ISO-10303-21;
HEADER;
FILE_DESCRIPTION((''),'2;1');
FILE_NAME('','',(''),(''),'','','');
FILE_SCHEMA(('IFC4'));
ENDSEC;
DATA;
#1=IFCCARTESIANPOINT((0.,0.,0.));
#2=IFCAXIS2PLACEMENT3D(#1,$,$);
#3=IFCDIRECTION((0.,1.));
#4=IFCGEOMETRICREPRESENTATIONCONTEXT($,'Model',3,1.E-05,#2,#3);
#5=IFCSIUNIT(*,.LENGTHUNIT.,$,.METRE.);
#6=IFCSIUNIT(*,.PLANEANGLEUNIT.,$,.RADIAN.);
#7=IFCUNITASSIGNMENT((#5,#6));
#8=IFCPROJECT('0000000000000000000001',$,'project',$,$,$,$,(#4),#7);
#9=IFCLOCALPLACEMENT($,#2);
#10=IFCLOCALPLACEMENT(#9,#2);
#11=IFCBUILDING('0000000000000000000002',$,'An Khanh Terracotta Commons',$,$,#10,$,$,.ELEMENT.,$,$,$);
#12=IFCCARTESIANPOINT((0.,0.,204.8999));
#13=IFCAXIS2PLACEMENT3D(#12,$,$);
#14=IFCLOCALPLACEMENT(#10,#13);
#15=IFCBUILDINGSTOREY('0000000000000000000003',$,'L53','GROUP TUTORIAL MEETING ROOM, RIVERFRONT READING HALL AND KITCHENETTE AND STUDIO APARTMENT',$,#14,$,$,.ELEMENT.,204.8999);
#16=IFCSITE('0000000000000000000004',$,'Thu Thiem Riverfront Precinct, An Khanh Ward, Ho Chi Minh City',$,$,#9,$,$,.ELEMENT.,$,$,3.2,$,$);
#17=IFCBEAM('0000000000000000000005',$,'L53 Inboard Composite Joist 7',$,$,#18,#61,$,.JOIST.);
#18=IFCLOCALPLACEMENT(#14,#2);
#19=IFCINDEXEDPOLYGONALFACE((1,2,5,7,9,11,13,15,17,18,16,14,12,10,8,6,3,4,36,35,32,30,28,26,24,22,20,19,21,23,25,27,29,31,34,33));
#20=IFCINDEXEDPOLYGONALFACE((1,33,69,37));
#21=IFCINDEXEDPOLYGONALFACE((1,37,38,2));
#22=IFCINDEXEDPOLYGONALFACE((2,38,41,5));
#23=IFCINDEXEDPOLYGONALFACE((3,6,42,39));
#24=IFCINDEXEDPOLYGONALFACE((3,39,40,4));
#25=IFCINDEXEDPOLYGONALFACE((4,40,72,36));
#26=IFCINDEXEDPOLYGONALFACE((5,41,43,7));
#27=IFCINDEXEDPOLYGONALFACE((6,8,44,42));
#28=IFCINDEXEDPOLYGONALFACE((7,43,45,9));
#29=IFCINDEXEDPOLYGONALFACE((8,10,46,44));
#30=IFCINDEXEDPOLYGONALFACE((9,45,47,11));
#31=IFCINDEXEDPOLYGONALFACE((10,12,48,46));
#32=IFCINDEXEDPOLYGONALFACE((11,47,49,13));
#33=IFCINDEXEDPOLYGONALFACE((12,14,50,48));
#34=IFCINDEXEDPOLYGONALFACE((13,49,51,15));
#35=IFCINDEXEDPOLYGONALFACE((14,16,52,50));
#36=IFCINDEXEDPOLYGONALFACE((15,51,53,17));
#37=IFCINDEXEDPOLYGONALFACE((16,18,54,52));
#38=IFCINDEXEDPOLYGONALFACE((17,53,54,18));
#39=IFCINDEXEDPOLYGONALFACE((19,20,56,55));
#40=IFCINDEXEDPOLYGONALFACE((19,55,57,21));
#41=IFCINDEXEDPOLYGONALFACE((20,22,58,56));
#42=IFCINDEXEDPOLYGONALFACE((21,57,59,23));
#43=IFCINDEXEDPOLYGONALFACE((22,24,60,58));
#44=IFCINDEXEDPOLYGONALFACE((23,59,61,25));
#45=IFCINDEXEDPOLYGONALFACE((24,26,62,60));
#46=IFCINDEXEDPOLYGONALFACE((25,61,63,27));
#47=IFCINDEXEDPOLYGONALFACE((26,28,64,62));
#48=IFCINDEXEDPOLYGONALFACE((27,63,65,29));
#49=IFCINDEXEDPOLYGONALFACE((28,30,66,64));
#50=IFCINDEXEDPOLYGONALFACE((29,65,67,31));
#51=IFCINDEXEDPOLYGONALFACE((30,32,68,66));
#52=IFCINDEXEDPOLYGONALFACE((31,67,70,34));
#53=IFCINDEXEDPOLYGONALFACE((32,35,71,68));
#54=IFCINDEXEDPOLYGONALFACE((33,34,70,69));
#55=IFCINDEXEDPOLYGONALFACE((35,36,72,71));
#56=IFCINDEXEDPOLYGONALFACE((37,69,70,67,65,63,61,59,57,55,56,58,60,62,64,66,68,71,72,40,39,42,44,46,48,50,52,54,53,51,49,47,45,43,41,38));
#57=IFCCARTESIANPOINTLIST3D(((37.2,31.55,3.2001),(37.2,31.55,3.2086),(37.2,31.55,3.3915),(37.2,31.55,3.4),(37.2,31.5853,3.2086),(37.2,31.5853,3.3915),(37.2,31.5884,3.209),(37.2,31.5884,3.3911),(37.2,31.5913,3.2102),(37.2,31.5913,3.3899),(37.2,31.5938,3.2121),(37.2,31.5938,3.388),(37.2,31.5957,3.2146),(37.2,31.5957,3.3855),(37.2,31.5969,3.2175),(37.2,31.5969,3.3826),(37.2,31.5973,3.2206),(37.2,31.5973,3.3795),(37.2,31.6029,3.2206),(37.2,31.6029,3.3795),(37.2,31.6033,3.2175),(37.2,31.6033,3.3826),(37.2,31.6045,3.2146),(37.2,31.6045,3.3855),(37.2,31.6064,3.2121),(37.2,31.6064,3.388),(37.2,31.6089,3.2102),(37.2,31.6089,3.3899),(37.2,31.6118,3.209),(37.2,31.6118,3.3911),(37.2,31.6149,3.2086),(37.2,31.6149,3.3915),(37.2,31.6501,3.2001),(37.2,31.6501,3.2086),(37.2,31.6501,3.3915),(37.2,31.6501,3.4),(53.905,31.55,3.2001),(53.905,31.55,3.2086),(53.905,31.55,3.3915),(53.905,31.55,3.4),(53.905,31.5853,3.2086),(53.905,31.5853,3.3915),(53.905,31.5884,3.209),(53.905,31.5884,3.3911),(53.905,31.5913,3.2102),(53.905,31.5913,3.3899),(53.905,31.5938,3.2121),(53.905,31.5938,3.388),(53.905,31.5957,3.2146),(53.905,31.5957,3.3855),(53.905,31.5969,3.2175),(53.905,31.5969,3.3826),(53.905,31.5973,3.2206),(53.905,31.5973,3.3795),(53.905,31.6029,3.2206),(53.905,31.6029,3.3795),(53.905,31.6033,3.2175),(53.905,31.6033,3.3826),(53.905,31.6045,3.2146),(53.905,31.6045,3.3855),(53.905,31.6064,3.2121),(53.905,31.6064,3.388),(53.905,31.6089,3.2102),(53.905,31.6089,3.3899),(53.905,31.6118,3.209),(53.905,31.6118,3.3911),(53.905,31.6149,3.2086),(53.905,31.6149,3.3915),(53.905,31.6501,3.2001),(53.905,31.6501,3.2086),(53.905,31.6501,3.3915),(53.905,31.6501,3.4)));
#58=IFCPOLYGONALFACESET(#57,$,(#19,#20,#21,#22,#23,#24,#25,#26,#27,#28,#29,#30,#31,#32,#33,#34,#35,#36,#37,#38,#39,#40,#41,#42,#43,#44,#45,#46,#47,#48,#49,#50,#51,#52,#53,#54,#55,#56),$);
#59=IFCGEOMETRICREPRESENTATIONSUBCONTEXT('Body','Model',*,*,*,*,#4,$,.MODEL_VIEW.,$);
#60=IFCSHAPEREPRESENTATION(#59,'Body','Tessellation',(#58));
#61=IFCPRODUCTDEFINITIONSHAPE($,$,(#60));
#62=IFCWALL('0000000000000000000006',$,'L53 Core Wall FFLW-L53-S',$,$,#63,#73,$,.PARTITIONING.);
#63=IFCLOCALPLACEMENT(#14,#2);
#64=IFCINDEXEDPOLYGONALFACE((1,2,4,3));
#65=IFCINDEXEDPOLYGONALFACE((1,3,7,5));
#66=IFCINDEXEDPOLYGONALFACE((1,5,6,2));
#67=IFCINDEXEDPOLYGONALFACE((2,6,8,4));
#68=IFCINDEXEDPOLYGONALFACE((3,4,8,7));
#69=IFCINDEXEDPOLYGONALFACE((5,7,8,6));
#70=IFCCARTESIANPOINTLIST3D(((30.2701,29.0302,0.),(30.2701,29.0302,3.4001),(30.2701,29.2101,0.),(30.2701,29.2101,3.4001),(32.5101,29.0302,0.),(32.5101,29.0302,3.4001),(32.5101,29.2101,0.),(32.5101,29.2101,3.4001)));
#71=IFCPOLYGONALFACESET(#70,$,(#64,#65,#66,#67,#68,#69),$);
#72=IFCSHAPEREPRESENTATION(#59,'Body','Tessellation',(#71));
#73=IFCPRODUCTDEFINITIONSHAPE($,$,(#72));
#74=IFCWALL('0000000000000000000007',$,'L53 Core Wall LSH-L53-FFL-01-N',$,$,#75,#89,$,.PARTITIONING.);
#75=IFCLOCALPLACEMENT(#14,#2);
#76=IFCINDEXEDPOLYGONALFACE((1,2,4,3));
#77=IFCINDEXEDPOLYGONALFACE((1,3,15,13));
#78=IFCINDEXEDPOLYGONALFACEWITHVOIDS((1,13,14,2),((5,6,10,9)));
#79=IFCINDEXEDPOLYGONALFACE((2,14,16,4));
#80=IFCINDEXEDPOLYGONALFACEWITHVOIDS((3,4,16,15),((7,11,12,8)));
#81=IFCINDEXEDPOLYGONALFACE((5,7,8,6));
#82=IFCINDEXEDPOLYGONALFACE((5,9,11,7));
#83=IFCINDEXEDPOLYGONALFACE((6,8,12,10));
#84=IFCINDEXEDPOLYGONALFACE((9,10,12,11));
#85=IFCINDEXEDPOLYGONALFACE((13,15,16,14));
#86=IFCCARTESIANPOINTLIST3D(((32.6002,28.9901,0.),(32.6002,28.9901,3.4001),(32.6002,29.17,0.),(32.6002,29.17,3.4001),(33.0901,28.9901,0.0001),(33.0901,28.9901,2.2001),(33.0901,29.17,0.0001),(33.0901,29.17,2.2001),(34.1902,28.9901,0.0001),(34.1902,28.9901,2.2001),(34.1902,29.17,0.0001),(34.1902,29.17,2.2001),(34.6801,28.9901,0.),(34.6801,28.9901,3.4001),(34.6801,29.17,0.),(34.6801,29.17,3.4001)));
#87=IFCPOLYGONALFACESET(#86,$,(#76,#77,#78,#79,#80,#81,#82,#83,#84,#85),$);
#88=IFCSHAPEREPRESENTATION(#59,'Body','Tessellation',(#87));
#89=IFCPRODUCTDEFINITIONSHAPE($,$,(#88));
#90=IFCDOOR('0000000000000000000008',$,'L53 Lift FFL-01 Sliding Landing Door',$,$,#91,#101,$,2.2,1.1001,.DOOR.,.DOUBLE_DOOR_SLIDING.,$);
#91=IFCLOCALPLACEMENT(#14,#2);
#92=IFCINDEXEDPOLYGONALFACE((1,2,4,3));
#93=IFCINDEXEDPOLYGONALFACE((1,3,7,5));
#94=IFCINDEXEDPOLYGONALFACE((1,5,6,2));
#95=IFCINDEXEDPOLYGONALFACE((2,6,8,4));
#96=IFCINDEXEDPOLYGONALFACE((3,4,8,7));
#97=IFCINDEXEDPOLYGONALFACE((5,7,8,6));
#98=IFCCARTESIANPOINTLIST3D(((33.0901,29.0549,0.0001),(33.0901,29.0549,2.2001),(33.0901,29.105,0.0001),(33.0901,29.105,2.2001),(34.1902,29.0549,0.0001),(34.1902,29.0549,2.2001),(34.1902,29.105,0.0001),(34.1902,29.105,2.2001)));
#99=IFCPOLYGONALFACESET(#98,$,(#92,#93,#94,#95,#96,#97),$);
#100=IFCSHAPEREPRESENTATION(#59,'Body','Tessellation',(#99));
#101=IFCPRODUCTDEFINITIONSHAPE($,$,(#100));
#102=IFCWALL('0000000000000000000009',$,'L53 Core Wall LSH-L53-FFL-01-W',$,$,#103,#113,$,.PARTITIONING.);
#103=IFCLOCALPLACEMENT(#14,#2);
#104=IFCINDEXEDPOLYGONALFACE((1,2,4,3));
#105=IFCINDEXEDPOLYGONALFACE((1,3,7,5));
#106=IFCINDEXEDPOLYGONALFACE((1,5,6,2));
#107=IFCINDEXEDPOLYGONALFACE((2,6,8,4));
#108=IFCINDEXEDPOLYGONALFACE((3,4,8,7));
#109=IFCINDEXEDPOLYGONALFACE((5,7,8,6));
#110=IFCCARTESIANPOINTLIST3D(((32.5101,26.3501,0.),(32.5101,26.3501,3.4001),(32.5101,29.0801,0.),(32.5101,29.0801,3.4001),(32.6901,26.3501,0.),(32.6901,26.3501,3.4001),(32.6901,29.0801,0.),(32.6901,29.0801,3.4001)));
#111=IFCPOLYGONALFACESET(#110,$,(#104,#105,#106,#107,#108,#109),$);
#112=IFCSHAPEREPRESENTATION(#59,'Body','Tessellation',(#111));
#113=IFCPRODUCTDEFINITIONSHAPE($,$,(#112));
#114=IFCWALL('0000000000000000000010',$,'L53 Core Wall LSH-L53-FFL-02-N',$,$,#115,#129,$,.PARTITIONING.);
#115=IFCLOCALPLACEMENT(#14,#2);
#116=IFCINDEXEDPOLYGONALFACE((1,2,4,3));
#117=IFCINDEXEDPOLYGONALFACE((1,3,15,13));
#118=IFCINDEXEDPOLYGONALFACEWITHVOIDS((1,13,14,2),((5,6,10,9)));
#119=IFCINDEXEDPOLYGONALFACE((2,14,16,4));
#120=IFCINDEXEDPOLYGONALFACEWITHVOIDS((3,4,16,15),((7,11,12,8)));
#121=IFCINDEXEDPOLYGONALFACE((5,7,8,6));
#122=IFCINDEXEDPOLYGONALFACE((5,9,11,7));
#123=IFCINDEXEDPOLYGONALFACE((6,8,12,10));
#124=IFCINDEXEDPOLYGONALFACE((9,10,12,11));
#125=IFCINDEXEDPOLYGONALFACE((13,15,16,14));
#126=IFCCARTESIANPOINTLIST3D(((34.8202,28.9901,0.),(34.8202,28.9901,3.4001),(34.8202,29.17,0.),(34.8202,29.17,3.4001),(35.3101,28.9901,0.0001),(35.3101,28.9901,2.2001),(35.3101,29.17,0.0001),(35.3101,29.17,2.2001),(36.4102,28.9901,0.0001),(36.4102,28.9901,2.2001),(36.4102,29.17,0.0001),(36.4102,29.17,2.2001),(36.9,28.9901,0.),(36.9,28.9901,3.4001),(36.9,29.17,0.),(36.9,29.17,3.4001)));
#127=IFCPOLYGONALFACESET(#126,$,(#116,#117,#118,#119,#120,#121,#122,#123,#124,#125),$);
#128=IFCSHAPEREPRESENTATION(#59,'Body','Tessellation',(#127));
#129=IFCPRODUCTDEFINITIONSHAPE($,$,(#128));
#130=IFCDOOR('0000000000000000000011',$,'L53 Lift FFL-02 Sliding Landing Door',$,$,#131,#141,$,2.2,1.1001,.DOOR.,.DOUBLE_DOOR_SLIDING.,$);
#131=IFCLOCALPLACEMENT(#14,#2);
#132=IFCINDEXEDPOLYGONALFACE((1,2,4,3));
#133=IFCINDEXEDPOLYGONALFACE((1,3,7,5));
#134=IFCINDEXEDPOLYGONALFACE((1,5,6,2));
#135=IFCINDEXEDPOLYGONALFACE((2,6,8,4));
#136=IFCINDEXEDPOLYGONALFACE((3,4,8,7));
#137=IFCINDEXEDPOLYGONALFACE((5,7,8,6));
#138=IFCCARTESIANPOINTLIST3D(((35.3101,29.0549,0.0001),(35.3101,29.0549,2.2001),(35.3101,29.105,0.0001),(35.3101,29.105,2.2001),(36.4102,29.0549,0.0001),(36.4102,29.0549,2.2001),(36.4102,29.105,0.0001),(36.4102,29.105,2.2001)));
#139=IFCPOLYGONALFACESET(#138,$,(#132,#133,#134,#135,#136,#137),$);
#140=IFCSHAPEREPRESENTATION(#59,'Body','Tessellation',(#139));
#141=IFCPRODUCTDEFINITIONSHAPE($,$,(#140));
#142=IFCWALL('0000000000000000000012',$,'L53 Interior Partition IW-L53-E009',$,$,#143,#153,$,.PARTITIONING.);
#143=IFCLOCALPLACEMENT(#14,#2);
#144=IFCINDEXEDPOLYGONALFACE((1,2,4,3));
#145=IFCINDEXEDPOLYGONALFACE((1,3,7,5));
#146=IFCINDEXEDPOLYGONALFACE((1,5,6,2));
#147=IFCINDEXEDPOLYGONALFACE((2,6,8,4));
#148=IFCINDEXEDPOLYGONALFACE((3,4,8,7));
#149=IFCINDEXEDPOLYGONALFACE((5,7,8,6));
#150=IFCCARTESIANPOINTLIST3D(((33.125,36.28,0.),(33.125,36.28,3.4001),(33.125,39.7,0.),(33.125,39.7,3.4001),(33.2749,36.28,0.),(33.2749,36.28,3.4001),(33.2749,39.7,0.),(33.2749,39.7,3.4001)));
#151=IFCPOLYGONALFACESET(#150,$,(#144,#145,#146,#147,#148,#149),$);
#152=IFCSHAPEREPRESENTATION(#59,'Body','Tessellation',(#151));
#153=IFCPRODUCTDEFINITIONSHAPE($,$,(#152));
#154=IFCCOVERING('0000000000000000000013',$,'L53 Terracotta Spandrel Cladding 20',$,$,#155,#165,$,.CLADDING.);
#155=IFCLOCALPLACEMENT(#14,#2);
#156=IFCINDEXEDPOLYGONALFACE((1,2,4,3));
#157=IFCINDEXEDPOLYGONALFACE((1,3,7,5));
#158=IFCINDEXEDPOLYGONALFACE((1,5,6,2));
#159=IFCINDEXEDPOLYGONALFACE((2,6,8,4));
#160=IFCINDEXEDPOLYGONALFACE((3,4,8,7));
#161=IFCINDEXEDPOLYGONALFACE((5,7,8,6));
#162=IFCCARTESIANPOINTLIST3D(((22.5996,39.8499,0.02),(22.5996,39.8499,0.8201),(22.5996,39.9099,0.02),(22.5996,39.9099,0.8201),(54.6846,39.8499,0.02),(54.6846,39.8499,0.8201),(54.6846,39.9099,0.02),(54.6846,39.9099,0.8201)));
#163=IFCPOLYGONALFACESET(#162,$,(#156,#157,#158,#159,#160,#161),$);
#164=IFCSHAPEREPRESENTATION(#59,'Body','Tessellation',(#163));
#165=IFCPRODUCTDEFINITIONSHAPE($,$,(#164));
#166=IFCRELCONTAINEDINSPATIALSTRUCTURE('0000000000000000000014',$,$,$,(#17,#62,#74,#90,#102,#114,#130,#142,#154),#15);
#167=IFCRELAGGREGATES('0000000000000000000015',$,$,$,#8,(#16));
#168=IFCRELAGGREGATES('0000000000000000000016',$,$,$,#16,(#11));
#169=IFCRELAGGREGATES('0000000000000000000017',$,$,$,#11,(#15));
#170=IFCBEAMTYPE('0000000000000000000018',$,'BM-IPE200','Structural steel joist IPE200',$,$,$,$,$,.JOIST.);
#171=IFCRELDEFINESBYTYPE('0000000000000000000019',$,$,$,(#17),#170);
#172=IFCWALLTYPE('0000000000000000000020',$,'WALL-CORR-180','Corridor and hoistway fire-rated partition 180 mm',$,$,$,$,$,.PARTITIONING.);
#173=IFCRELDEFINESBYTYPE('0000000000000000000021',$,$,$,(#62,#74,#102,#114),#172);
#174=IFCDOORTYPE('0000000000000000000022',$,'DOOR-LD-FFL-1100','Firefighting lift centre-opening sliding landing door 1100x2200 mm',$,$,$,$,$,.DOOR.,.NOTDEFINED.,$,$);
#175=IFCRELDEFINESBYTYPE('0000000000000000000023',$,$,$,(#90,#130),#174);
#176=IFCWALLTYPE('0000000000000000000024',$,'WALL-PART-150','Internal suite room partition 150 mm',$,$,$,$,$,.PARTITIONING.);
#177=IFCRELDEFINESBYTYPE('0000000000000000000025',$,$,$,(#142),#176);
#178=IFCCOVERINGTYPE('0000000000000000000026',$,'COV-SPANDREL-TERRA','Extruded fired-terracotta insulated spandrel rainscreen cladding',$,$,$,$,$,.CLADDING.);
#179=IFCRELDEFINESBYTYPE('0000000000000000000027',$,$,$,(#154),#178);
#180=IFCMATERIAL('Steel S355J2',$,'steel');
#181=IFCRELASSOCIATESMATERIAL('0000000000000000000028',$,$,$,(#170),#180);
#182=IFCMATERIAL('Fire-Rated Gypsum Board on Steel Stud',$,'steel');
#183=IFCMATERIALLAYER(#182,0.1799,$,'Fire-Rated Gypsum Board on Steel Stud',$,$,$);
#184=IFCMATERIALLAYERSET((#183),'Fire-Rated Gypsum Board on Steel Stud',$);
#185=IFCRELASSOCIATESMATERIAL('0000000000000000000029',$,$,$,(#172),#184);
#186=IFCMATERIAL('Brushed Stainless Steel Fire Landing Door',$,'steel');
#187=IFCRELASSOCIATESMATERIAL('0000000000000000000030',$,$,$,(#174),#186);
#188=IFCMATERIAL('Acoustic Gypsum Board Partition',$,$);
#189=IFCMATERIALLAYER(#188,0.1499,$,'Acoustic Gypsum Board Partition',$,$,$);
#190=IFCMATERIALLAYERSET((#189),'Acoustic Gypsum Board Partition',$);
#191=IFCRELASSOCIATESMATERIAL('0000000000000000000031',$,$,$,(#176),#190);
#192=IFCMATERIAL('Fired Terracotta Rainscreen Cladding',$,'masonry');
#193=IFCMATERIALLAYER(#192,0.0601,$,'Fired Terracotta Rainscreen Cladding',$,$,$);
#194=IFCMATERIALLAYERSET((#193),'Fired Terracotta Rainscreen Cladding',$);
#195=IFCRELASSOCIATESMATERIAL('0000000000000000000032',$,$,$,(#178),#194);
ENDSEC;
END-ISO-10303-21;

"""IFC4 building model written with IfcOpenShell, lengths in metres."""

from ifc_helpers import new_model, si_unit, direction, frame, frame_2d, origin, origin_2d, place, context, subcontext, project, spatial, rectangle, i_section, extrude, material, layer, layer_set, material_profile, profile_set, type_object, element, fill, save


model = new_model("IFC4")

# Units and contexts
model_context = context("Model", 3, precision=1e-05, world=origin(), true_north=direction((0.0, 1.0)))
body_context = subcontext(model_context, "Body", "Model", "MODEL_VIEW")
ifc_project = project(units=[si_unit("LENGTHUNIT", "METRE"), si_unit("PLANEANGLEUNIT", "RADIAN")], contexts=[model_context])

# Site, building, storey
site_placement = place(None, origin())
site = spatial("IfcSite", under=ifc_project, at=site_placement, Name="Thu Thiem Riverfront Precinct, An Khanh Ward, Ho Chi Minh City", CompositionType="ELEMENT", RefElevation=3.2)
building_placement = place(site_placement, origin())
building = spatial("IfcBuilding", under=site, at=building_placement, Name="An Khanh Terracotta Commons", CompositionType="ELEMENT")
storey_placement = place(building_placement, frame((0.0, 0.0, 204.8999)))
storey = spatial("IfcBuildingStorey", under=building, at=storey_placement, Name="L53", Description="GROUP TUTORIAL MEETING ROOM, RIVERFRONT READING HALL AND KITCHENETTE AND STUDIO APARTMENT", CompositionType="ELEMENT", Elevation=204.8999)

# Beam
ifc_material_1 = material(Name="Steel S355J2", Category="steel")
ifc_material_profile_1 = material_profile(ifc_material_1, i_section(OverallWidth=0.1001, OverallDepth=0.2, WebThickness=0.0056, FlangeThickness=0.0085, FilletRadius=0.012, at=origin_2d()), Name="IPE200")
ifc_profile_set_1 = profile_set([ifc_material_profile_1], Name="Steel S355J2")
beam_type_1 = type_object("IfcBeamType", Name="BM-IPE200", Description="Structural steel joist IPE200", PredefinedType="JOIST", material=ifc_profile_set_1)
for number, where, z_axis, x_axis, name in (
    (1, (37.2, 31.6001, 3.3), (1.0, 0.0, 0.0), (0.0, 1.0, 0.0), "L53 Inboard Composite Joist 7"),
):
    element("IfcBeam", number, at=place(storey_placement, frame(where, z_axis=z_axis, x_axis=x_axis)), inside=storey, type_object=beam_type_1, Name=name, PredefinedType="JOIST", context=body_context, shape_type="SweptSolid", body=[
        extrude(i_section(OverallWidth=0.1001, OverallDepth=0.2, WebThickness=0.0056, FlangeThickness=0.0085, FilletRadius=0.012, at=origin_2d()), origin(), (0.0, 0.0, 1.0), 16.7051),
    ])

# Wall
ifc_material_2 = material(Name="Fire-Rated Gypsum Board on Steel Stud", Category="steel")
ifc_layer_1 = layer(ifc_material_2, 0.1799, Name="Fire-Rated Gypsum Board on Steel Stud")
ifc_layer_set_1 = layer_set([ifc_layer_1], Name="Fire-Rated Gypsum Board on Steel Stud")
wall_type_1 = type_object("IfcWallType", Name="WALL-CORR-180", Description="Corridor and hoistway fire-rated partition 180 mm", PredefinedType="PARTITIONING", material=ifc_layer_set_1)
wall_1_placement = place(storey_placement, frame((30.27, 29.1201, 0.0), z_axis=(0.0, 0.0, 1.0), x_axis=(1.0, 0.0, 0.0)))
element("IfcWall", 2, at=wall_1_placement, inside=storey, type_object=wall_type_1, Name="L53 Core Wall FFLW-L53-S", PredefinedType="PARTITIONING", context=body_context, shape_type="SweptSolid", body=[
    extrude(rectangle(XDim=2.24, YDim=0.1799, at=frame_2d((1.1201, 0.0))), origin(), (0.0, 0.0, 1.0), 3.4001),
])

# Wall, opening, door
wall_2_placement = place(storey_placement, frame((32.6001, 29.0801, 0.0), z_axis=(0.0, 0.0, 1.0), x_axis=(1.0, 0.0, 0.0)))
wall_2 = element("IfcWall", 3, at=wall_2_placement, inside=storey, type_object=wall_type_1, Name="L53 Core Wall LSH-L53-FFL-01-N", PredefinedType="PARTITIONING", context=body_context, shape_type="SweptSolid", body=[
    extrude(rectangle(XDim=2.0798, YDim=0.1799, at=frame_2d((1.04, 0.0))), origin(), (0.0, 0.0, 1.0), 3.4001),
])
opening_1_placement = place(wall_2_placement, frame((0.49, 0.0, 0.0)))
opening_1 = element("IfcOpeningElement", 4, at=opening_1_placement, cuts=wall_2, PredefinedType="OPENING", context=body_context, shape_type="SweptSolid", body=[
    extrude(rectangle(XDim=1.1001, YDim=2.2, at=frame_2d((0.55, 1.1001))), frame((0.0, 0.0999, 0.0), z_axis=(0.0, -1.0, 0.0), x_axis=(1.0, 0.0, 0.0)), (0.0, 0.0, 1.0), 0.2),
])
ifc_material_3 = material(Name="Brushed Stainless Steel Fire Landing Door", Category="steel")
door_type_1 = type_object("IfcDoorType", Name="DOOR-LD-FFL-1100", Description="Firefighting lift centre-opening sliding landing door 1100x2200 mm", OperationType="NOTDEFINED", PredefinedType="DOOR", material=ifc_material_3)
door_1_placement = place(opening_1_placement, origin())
door_1 = element("IfcDoor", 5, at=door_1_placement, inside=storey, type_object=door_type_1, Name="L53 Lift FFL-01 Sliding Landing Door", OperationType="DOUBLE_DOOR_SLIDING", OverallHeight=2.2, OverallWidth=1.1001, PredefinedType="DOOR", context=body_context, shape_type="SweptSolid", body=[
    extrude(rectangle(XDim=1.1001, YDim=2.2, at=frame_2d((0.55, 1.1001))), frame((0.0, 0.0249, 0.0), z_axis=(0.0, -1.0, 0.0), x_axis=(1.0, 0.0, 0.0)), (0.0, 0.0, 1.0), 0.05),
])
fill(opening_1, door_1)

# Wall
wall_3_placement = place(storey_placement, frame((32.6001, 29.0801, 0.0), z_axis=(0.0, 0.0, 1.0), x_axis=(0.0, -1.0, 0.0)))
element("IfcWall", 6, at=wall_3_placement, inside=storey, type_object=wall_type_1, Name="L53 Core Wall LSH-L53-FFL-01-W", PredefinedType="PARTITIONING", context=body_context, shape_type="SweptSolid", body=[
    extrude(rectangle(XDim=2.73, YDim=0.1799, at=frame_2d((1.365, 0.0))), origin(), (0.0, 0.0, 1.0), 3.4001),
])

# Wall, opening, door
wall_4_placement = place(storey_placement, frame((34.8201, 29.0801, 0.0), z_axis=(0.0, 0.0, 1.0), x_axis=(1.0, 0.0, 0.0)))
wall_4 = element("IfcWall", 7, at=wall_4_placement, inside=storey, type_object=wall_type_1, Name="L53 Core Wall LSH-L53-FFL-02-N", PredefinedType="PARTITIONING", context=body_context, shape_type="SweptSolid", body=[
    extrude(rectangle(XDim=2.0798, YDim=0.1799, at=frame_2d((1.04, 0.0))), origin(), (0.0, 0.0, 1.0), 3.4001),
])
opening_2_placement = place(wall_4_placement, frame((0.49, 0.0, 0.0)))
opening_2 = element("IfcOpeningElement", 8, at=opening_2_placement, cuts=wall_4, PredefinedType="OPENING", context=body_context, shape_type="SweptSolid", body=[
    extrude(rectangle(XDim=1.1001, YDim=2.2, at=frame_2d((0.55, 1.1001))), frame((0.0, 0.0999, 0.0), z_axis=(0.0, -1.0, 0.0), x_axis=(1.0, 0.0, 0.0)), (0.0, 0.0, 1.0), 0.2),
])
door_2_placement = place(opening_2_placement, origin())
door_2 = element("IfcDoor", 9, at=door_2_placement, inside=storey, type_object=door_type_1, Name="L53 Lift FFL-02 Sliding Landing Door", OperationType="DOUBLE_DOOR_SLIDING", OverallHeight=2.2, OverallWidth=1.1001, PredefinedType="DOOR", context=body_context, shape_type="SweptSolid", body=[
    extrude(rectangle(XDim=1.1001, YDim=2.2, at=frame_2d((0.55, 1.1001))), frame((0.0, 0.0249, 0.0), z_axis=(0.0, -1.0, 0.0), x_axis=(1.0, 0.0, 0.0)), (0.0, 0.0, 1.0), 0.05),
])
fill(opening_2, door_2)

# Wall
ifc_material_4 = material(Name="Acoustic Gypsum Board Partition")
ifc_layer_2 = layer(ifc_material_4, 0.1499, Name="Acoustic Gypsum Board Partition")
ifc_layer_set_2 = layer_set([ifc_layer_2], Name="Acoustic Gypsum Board Partition")
wall_type_2 = type_object("IfcWallType", Name="WALL-PART-150", Description="Internal suite room partition 150 mm", PredefinedType="PARTITIONING", material=ifc_layer_set_2)
wall_5_placement = place(storey_placement, frame((33.2, 36.28, 0.0), z_axis=(0.0, 0.0, 1.0), x_axis=(0.0, 1.0, 0.0)))
element("IfcWall", 10, at=wall_5_placement, inside=storey, type_object=wall_type_2, Name="L53 Interior Partition IW-L53-E009", PredefinedType="PARTITIONING", context=body_context, shape_type="SweptSolid", body=[
    extrude(rectangle(XDim=3.4199, YDim=0.1499, at=frame_2d((1.71, 0.0))), origin(), (0.0, 0.0, 1.0), 3.4001),
])

# Covering
ifc_material_5 = material(Name="Fired Terracotta Rainscreen Cladding", Category="masonry")
ifc_layer_3 = layer(ifc_material_5, 0.0601, Name="Fired Terracotta Rainscreen Cladding")
ifc_layer_set_3 = layer_set([ifc_layer_3], Name="Fired Terracotta Rainscreen Cladding")
covering_type = type_object("IfcCoveringType", Name="COV-SPANDREL-TERRA", Description="Extruded fired-terracotta insulated spandrel rainscreen cladding", PredefinedType="CLADDING", material=ifc_layer_set_3)
covering_placement = place(storey_placement, frame((38.6421, 39.8799, 0.02), z_axis=(0.0, 0.0, 1.0), x_axis=(-1.0, 0.0, 0.0)))
element("IfcCovering", 11, at=covering_placement, inside=storey, type_object=covering_type, Name="L53 Terracotta Spandrel Cladding 20", PredefinedType="CLADDING", context=body_context, shape_type="SweptSolid", body=[
    extrude(rectangle(XDim=32.085, YDim=0.0601, at=origin_2d()), origin(), (0.0, 0.0, 1.0), 0.8),
])

save(model, "model.ifc")
